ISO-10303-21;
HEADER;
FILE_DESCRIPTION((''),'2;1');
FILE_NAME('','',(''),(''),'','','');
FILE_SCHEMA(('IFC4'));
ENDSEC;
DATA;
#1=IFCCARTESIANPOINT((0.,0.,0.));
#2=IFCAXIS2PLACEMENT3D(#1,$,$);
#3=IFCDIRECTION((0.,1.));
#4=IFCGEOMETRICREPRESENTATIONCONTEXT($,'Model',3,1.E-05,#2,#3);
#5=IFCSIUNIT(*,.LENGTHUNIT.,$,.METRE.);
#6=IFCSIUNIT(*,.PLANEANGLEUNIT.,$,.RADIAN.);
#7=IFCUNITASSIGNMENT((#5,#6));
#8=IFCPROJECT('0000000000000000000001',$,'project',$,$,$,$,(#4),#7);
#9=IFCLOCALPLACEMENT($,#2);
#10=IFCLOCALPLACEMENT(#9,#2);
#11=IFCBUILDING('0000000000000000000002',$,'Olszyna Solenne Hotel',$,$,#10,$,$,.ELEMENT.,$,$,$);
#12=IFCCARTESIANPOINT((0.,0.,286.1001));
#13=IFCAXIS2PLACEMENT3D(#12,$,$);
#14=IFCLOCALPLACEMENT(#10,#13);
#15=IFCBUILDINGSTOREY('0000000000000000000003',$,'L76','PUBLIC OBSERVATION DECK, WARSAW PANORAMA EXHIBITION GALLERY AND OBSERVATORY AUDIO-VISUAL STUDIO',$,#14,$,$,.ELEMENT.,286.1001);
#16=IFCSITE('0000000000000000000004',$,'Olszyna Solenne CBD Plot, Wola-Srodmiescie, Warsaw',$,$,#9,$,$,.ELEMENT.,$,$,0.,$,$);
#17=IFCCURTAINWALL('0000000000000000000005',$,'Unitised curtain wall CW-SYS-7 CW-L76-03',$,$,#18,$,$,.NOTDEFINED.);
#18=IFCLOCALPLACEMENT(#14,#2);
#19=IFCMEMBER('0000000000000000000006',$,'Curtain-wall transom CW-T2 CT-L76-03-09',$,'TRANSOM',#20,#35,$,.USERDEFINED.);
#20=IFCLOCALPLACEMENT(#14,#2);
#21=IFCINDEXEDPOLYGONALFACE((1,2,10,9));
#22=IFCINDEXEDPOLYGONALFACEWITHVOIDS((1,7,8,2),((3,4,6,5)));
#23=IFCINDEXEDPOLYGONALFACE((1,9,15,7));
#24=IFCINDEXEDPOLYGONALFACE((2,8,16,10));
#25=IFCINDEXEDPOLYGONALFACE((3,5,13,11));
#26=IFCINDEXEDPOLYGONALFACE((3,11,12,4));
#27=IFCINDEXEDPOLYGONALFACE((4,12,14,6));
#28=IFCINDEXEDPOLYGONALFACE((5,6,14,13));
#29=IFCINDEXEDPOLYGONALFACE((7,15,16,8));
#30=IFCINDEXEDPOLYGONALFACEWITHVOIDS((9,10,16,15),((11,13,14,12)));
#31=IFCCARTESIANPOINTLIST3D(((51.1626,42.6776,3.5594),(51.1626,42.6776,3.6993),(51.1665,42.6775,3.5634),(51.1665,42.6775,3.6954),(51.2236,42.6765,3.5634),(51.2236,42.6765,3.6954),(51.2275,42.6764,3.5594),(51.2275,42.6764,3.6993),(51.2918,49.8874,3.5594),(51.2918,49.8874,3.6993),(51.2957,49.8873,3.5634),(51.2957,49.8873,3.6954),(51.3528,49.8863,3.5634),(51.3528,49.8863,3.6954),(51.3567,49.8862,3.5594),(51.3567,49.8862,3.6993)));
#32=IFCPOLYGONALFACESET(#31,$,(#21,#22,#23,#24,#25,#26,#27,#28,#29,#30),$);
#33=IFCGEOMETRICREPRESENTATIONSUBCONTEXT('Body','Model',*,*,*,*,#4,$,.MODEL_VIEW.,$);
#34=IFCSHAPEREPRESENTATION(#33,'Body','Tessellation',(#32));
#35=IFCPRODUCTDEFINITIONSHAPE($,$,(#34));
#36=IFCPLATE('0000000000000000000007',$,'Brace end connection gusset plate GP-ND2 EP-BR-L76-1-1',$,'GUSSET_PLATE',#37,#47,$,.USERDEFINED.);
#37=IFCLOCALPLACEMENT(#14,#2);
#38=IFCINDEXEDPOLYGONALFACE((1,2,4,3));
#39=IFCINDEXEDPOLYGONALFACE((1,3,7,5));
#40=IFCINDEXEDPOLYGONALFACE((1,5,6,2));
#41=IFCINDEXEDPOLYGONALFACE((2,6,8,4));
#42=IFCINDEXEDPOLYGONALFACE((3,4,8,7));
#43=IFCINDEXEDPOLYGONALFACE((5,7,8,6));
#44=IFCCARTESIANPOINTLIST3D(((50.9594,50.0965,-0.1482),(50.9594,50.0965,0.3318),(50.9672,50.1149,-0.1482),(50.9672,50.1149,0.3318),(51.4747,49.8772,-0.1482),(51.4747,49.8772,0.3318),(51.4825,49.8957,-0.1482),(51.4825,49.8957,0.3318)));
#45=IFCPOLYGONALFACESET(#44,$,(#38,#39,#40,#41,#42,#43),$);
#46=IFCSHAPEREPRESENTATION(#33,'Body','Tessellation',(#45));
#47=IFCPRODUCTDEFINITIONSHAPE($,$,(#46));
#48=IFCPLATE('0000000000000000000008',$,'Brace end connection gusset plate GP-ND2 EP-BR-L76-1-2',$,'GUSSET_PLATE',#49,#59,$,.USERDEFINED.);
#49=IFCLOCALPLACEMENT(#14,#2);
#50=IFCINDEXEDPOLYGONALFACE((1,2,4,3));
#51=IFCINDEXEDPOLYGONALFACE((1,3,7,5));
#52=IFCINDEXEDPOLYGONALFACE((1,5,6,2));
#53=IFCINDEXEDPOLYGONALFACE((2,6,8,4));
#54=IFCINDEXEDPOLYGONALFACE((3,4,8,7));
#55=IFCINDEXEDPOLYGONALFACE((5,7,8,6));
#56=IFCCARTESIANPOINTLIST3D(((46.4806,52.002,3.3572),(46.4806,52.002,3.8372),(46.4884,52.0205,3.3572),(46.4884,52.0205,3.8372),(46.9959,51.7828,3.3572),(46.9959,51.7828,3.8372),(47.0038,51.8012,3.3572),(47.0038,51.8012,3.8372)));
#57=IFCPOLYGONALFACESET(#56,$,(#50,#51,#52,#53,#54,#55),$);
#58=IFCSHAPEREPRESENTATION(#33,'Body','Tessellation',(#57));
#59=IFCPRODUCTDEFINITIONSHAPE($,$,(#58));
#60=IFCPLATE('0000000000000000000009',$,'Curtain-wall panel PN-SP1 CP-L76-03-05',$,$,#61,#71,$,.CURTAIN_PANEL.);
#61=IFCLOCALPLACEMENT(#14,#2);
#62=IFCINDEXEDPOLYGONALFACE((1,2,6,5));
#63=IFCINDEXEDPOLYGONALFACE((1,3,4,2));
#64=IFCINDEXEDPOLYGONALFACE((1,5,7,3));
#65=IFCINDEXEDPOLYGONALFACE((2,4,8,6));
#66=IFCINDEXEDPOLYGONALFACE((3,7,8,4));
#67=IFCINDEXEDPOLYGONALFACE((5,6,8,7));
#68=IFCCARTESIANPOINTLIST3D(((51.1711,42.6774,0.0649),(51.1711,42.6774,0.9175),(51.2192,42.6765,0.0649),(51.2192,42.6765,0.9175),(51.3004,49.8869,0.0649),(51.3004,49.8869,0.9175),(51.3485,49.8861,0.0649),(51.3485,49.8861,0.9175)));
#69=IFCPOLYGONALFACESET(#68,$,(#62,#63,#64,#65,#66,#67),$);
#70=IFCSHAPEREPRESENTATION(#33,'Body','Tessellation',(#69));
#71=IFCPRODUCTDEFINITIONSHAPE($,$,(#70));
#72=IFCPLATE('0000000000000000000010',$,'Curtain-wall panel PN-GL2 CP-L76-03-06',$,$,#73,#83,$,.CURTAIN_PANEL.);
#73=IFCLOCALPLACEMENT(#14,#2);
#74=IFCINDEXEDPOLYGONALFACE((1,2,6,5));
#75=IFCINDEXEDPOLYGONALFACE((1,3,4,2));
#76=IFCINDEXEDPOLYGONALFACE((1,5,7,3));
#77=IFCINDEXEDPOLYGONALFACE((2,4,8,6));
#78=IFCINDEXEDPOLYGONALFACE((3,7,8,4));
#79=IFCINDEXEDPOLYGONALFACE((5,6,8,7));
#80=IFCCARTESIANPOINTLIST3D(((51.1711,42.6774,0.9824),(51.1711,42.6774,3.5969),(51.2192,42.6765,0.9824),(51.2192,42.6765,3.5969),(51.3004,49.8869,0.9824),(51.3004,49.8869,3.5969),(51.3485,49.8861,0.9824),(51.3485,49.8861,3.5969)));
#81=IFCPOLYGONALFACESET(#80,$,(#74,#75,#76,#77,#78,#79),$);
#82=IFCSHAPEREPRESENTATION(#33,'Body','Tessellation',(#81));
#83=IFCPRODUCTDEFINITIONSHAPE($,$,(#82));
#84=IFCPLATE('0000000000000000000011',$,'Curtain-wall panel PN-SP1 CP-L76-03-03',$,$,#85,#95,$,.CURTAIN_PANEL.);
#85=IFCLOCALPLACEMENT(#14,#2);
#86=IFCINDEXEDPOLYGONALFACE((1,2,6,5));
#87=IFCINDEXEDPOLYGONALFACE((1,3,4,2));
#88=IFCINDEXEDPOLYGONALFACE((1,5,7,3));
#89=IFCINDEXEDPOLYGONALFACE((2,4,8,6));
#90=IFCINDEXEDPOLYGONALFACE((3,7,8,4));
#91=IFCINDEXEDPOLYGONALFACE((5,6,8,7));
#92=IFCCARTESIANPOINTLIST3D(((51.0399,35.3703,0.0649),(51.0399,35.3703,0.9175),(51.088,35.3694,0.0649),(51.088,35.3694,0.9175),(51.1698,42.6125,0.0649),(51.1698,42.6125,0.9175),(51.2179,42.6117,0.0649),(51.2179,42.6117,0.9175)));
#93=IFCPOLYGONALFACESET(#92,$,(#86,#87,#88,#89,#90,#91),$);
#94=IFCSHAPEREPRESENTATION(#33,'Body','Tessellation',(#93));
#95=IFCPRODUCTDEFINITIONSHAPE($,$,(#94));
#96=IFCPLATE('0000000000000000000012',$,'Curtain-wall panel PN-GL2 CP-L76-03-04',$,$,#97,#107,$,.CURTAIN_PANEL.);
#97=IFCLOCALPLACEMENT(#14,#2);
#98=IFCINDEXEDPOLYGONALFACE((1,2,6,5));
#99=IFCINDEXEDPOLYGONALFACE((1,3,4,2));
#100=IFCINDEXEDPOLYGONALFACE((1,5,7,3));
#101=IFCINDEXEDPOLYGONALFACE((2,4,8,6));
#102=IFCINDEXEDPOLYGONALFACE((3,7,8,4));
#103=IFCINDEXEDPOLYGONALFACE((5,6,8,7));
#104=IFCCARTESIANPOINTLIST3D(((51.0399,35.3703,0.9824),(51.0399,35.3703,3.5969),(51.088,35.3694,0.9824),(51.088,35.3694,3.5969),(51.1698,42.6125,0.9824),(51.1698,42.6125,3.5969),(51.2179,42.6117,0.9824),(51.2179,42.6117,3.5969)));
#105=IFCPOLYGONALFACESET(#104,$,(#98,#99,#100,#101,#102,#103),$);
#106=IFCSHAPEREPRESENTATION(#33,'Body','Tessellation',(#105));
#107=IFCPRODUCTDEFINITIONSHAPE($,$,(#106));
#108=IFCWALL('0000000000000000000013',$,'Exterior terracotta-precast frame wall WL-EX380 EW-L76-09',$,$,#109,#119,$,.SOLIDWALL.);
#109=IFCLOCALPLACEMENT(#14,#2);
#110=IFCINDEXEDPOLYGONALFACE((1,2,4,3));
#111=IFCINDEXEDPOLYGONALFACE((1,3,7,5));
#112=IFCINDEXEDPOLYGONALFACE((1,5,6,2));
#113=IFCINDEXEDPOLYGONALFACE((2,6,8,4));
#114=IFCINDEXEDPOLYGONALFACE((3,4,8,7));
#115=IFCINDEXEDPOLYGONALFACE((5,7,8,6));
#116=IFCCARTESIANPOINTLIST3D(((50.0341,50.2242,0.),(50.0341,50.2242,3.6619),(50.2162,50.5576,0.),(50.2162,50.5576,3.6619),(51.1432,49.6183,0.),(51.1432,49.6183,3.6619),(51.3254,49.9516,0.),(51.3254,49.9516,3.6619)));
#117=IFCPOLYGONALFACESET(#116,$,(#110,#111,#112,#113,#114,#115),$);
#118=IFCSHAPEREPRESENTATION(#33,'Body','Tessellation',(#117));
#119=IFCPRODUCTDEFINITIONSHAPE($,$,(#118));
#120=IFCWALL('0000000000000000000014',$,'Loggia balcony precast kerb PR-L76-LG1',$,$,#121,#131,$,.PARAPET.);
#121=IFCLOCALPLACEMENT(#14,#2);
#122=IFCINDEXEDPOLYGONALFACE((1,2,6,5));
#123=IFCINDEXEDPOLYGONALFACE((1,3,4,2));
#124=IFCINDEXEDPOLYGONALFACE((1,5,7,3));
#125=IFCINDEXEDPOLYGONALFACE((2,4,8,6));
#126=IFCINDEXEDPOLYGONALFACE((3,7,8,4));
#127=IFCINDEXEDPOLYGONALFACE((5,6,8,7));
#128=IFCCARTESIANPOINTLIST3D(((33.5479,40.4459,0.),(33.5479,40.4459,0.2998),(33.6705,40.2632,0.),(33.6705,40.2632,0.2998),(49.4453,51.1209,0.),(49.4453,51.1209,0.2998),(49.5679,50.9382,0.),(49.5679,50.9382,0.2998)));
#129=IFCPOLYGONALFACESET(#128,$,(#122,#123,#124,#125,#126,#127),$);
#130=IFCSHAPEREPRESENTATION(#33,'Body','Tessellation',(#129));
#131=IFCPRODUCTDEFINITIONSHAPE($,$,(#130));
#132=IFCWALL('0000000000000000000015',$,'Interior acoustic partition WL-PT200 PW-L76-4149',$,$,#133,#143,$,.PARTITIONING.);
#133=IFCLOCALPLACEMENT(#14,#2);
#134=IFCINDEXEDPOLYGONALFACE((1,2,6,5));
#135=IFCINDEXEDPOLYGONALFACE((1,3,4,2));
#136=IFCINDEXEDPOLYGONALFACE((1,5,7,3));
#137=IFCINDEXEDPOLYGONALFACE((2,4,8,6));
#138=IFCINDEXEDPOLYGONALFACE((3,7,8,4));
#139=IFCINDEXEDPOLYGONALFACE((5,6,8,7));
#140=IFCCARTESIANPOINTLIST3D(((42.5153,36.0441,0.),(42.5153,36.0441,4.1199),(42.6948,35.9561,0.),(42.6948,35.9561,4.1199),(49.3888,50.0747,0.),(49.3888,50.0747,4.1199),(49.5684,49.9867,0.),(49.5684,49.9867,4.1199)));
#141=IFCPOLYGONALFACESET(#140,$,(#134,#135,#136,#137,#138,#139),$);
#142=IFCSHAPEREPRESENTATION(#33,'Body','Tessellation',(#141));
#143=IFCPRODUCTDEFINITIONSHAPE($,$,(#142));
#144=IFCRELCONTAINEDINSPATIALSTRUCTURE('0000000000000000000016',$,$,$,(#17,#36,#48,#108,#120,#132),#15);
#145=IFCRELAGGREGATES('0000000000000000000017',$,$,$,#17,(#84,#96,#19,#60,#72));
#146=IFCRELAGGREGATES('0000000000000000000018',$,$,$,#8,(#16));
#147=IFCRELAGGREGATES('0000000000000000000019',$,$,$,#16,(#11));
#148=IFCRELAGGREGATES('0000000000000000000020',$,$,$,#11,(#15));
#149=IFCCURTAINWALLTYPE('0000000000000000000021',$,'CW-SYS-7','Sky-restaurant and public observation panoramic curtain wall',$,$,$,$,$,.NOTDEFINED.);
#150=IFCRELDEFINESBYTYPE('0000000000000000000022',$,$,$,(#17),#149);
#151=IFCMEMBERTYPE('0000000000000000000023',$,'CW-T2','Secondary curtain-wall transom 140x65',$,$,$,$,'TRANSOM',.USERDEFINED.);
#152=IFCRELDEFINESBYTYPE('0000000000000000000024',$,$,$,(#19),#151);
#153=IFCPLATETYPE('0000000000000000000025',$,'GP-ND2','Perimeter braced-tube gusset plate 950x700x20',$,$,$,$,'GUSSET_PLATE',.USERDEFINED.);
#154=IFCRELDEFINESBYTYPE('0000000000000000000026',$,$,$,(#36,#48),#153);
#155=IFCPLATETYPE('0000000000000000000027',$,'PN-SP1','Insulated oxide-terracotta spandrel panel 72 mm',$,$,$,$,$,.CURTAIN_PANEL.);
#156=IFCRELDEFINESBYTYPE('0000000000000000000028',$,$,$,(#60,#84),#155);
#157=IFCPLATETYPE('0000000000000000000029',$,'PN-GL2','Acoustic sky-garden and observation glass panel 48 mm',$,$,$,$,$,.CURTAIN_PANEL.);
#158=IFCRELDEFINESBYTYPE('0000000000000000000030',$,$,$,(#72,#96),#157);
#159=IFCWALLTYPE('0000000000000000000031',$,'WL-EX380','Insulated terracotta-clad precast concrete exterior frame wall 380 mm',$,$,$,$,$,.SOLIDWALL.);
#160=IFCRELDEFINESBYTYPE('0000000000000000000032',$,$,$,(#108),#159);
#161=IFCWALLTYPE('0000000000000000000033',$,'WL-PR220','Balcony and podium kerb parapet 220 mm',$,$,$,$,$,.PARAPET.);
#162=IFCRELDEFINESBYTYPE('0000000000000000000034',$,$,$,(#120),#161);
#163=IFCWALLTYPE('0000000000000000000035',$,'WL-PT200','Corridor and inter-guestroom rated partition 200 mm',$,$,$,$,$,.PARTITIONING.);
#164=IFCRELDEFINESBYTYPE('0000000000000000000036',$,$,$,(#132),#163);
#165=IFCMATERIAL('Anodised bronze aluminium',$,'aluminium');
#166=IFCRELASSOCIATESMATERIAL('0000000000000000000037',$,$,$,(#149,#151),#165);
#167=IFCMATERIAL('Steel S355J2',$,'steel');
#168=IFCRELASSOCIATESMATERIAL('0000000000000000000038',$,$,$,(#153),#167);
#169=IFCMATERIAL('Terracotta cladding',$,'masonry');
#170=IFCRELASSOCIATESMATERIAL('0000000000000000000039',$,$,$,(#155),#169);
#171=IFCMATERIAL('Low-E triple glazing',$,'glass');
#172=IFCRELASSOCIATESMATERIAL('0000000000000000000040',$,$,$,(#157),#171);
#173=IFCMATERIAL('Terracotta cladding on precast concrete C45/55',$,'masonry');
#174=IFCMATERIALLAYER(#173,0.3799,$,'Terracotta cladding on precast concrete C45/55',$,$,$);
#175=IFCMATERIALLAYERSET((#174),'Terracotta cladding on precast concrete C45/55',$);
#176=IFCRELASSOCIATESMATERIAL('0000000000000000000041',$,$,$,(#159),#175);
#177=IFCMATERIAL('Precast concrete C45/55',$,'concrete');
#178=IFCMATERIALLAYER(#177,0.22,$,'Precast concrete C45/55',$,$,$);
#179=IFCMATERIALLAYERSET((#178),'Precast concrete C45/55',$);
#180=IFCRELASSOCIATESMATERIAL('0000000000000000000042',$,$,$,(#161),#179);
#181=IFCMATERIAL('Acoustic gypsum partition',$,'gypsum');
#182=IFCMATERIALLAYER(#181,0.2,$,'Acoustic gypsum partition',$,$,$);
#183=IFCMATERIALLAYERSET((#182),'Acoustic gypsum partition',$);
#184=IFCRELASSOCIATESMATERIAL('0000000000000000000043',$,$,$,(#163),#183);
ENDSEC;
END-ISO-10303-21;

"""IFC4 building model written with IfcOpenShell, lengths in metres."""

from ifc_helpers import new_model, si_unit, direction, frame, frame_2d, origin, origin_2d, place, context, subcontext, project, spatial, rectangle, hollow_rectangle, extrude, source, transform, mapped, material, layer, layer_set, material_profile, profile_set, type_object, element, aggregate, save


model = new_model("IFC4")

# Units and contexts
model_context = context("Model", 3, precision=1e-05, world=origin(), true_north=direction((0.0, 1.0)))
body_context = subcontext(model_context, "Body", "Model", "MODEL_VIEW")
ifc_project = project(units=[si_unit("LENGTHUNIT", "METRE"), si_unit("PLANEANGLEUNIT", "RADIAN")], contexts=[model_context])

# Site, building, storey
site_placement = place(None, origin())
site = spatial("IfcSite", under=ifc_project, at=site_placement, Name="Olszyna Solenne CBD Plot, Wola-Srodmiescie, Warsaw", CompositionType="ELEMENT", RefElevation=0.0)
building_placement = place(site_placement, origin())
building = spatial("IfcBuilding", under=site, at=building_placement, Name="Olszyna Solenne Hotel", CompositionType="ELEMENT")
storey_placement = place(building_placement, frame((0.0, 0.0, 286.1001)))
storey = spatial("IfcBuildingStorey", under=building, at=storey_placement, Name="L76", Description="PUBLIC OBSERVATION DECK, WARSAW PANORAMA EXHIBITION GALLERY AND OBSERVATORY AUDIO-VISUAL STUDIO", CompositionType="ELEMENT", Elevation=286.1001)

# Shared definitions
ifc_material_1 = material(Name="Steel S355J2", Category="steel")

# Curtain wall, member
ifc_material_2 = material(Name="Anodised bronze aluminium", Category="aluminium")
curtain_wall_type = type_object("IfcCurtainWallType", Name="CW-SYS-7", Description="Sky-restaurant and public observation panoramic curtain wall", PredefinedType="NOTDEFINED", material=ifc_material_2)
curtain_wall_placement = place(storey_placement, origin())
curtain_wall = element("IfcCurtainWall", 1, at=curtain_wall_placement, inside=storey, type_object=curtain_wall_type, Name="Unitised curtain wall CW-SYS-7 CW-L76-03", PredefinedType="NOTDEFINED")
ifc_material_profile_1 = material_profile(ifc_material_2, hollow_rectangle(XDim=0.0649, YDim=0.1399, WallThickness=0.0039, at=origin_2d()), Name="TRAN 140x65x4", Category="load-bearing")
ifc_profile_set_1 = profile_set([ifc_material_profile_1], Name="Anodised bronze aluminium")
member_type_1 = type_object("IfcMemberType", Name="CW-T2", Description="Secondary curtain-wall transom 140x65", ElementType="TRANSOM", PredefinedType="USERDEFINED", material=ifc_profile_set_1)
shared_shape_1 = source(origin(), body_context, "Body", "SweptSolid", [
    extrude(hollow_rectangle(XDim=0.0649, YDim=0.1399, WallThickness=0.0039, at=origin_2d()), origin(), (0.0, 0.0, 1.0), 7.2109),
])
member_1_placement = place(storey_placement, frame((51.1951, 42.677, 3.6294), z_axis=(0.017911, 0.99984, 0.0), x_axis=(-0.99984, 0.017911, 0.0)))
member_1 = element("IfcMember", 2, at=member_1_placement, type_object=member_type_1, Name="Curtain-wall transom CW-T2 CT-L76-03-09", ObjectType="TRANSOM", PredefinedType="USERDEFINED", context=body_context, shape_type="MappedRepresentation", body=[
    mapped(shared_shape_1, transform((0.0, 0.0, 0.0), x_axis=(1.0, 0.0, 0.0), y_axis=(0.0, 1.0, 0.0), z_axis=(0.0, 0.0, 1.0), scale=1.0)),
])

# Plates
plate_type_1 = type_object("IfcPlateType", Name="GP-ND2", Description="Perimeter braced-tube gusset plate 950x700x20", ElementType="GUSSET_PLATE", PredefinedType="USERDEFINED", material=ifc_material_1)
shared_shape_2 = source(origin(), body_context, "Body", "SweptSolid", [
    extrude(rectangle(XDim=0.5601, YDim=0.02, at=origin_2d()), origin(), (0.0, 0.0, 1.0), 0.48),
])
for number, where, z_axis, x_axis, name in (
    (3, (51.2209, 49.9961, -0.1482), (0.0, 0.0, 1.0), (-0.920164, 0.391534, 0.0), "Brace end connection gusset plate GP-ND2 EP-BR-L76-1-1"),
    (4, (46.7422, 51.9016, 3.3572), (0.0, 0.0, 1.0), (-0.920164, 0.391534, 0.0), "Brace end connection gusset plate GP-ND2 EP-BR-L76-1-2"),
):
    element("IfcPlate", number, at=place(storey_placement, frame(where, z_axis=z_axis, x_axis=x_axis)), inside=storey, type_object=plate_type_1, Name=name, ObjectType="GUSSET_PLATE", PredefinedType="USERDEFINED", context=body_context, shape_type="MappedRepresentation", body=[
        mapped(shared_shape_2, transform((0.0, 0.0, 0.0), x_axis=(1.0, 0.0, 0.0), y_axis=(0.0, 1.0, 0.0), z_axis=(0.0, 0.0, 1.0), scale=1.0)),
    ])

# Plates
ifc_material_3 = material(Name="Terracotta cladding", Category="masonry")
plate_type_2 = type_object("IfcPlateType", Name="PN-SP1", Description="Insulated oxide-terracotta spandrel panel 72 mm", PredefinedType="CURTAIN_PANEL", material=ifc_material_3)
shared_shape_3 = source(origin(), body_context, "Body", "SweptSolid", [
    extrude(rectangle(XDim=7.2107, YDim=0.0481, at=origin_2d()), origin(), (0.0, 0.0, 1.0), 0.8525),
])
plate_1_placement = place(storey_placement, frame((51.2598, 46.2817, 0.0649), z_axis=(0.0, 0.0, 1.0), x_axis=(0.017934, 0.999839, 0.0)))
plate_1 = element("IfcPlate", 5, at=plate_1_placement, type_object=plate_type_2, Name="Curtain-wall panel PN-SP1 CP-L76-03-05", PredefinedType="CURTAIN_PANEL", context=body_context, shape_type="MappedRepresentation", body=[
    mapped(shared_shape_3, transform((0.0, 0.0, 0.0), x_axis=(1.0, 0.0, 0.0), y_axis=(0.0, 1.0, 0.0), z_axis=(0.0, 0.0, 1.0), scale=1.0)),
])
ifc_material_4 = material(Name="Low-E triple glazing", Category="glass")
plate_type_3 = type_object("IfcPlateType", Name="PN-GL2", Description="Acoustic sky-garden and observation glass panel 48 mm", PredefinedType="CURTAIN_PANEL", material=ifc_material_4)
shared_shape_4 = source(origin(), body_context, "Body", "SweptSolid", [
    extrude(rectangle(XDim=7.2107, YDim=0.0481, at=origin_2d()), origin(), (0.0, 0.0, 1.0), 2.6145),
])
plate_2_placement = place(storey_placement, frame((51.2598, 46.2817, 0.9824), z_axis=(0.0, 0.0, 1.0), x_axis=(0.017934, 0.999839, 0.0)))
plate_2 = element("IfcPlate", 6, at=plate_2_placement, type_object=plate_type_3, Name="Curtain-wall panel PN-GL2 CP-L76-03-06", PredefinedType="CURTAIN_PANEL", context=body_context, shape_type="MappedRepresentation", body=[
    mapped(shared_shape_4, transform((0.0, 0.0, 0.0), x_axis=(1.0, 0.0, 0.0), y_axis=(0.0, 1.0, 0.0), z_axis=(0.0, 0.0, 1.0), scale=1.0)),
])
shared_shape_5 = source(origin(), body_context, "Body", "SweptSolid", [
    extrude(rectangle(XDim=7.2434, YDim=0.0481, at=origin_2d()), origin(), (0.0, 0.0, 1.0), 0.8525),
])
plate_3_placement = place(storey_placement, frame((51.1289, 38.991, 0.0649), z_axis=(0.0, 0.0, 1.0), x_axis=(0.017934, 0.999839, 0.0)))
plate_3 = element("IfcPlate", 7, at=plate_3_placement, type_object=plate_type_2, Name="Curtain-wall panel PN-SP1 CP-L76-03-03", PredefinedType="CURTAIN_PANEL", context=body_context, shape_type="MappedRepresentation", body=[
    mapped(shared_shape_5, transform((0.0, 0.0, 0.0), x_axis=(1.0, 0.0, 0.0), y_axis=(0.0, 1.0, 0.0), z_axis=(0.0, 0.0, 1.0), scale=1.0)),
])
shared_shape_6 = source(origin(), body_context, "Body", "SweptSolid", [
    extrude(rectangle(XDim=7.2434, YDim=0.0481, at=origin_2d()), origin(), (0.0, 0.0, 1.0), 2.6145),
])
plate_4_placement = place(storey_placement, frame((51.1289, 38.991, 0.9824), z_axis=(0.0, 0.0, 1.0), x_axis=(0.017934, 0.999839, 0.0)))
plate_4 = element("IfcPlate", 8, at=plate_4_placement, type_object=plate_type_3, Name="Curtain-wall panel PN-GL2 CP-L76-03-04", PredefinedType="CURTAIN_PANEL", context=body_context, shape_type="MappedRepresentation", body=[
    mapped(shared_shape_6, transform((0.0, 0.0, 0.0), x_axis=(1.0, 0.0, 0.0), y_axis=(0.0, 1.0, 0.0), z_axis=(0.0, 0.0, 1.0), scale=1.0)),
])
aggregate(curtain_wall, [plate_3, plate_4, member_1, plate_1, plate_2])

# Walls
ifc_material_5 = material(Name="Terracotta cladding on precast concrete C45/55", Category="masonry")
ifc_layer_1 = layer(ifc_material_5, 0.3799, Name="Terracotta cladding on precast concrete C45/55")
ifc_layer_set_1 = layer_set([ifc_layer_1], Name="Terracotta cladding on precast concrete C45/55")
wall_type_1 = type_object("IfcWallType", Name="WL-EX380", Description="Insulated terracotta-clad precast concrete exterior frame wall 380 mm", PredefinedType="SOLIDWALL", material=ifc_layer_set_1)
wall_1_placement = place(storey_placement, frame((50.1252, 50.3909, 0.0), z_axis=(0.0, 0.0, 1.0), x_axis=(0.877571, -0.479448, 0.0)))
element("IfcWall", 9, at=wall_1_placement, inside=storey, type_object=wall_type_1, Name="Exterior terracotta-precast frame wall WL-EX380 EW-L76-09", PredefinedType="SOLIDWALL", context=body_context, shape_type="SweptSolid", body=[
    extrude(rectangle(XDim=1.2639, YDim=0.3799, at=frame_2d((0.6318, 0.0))), origin(), (0.0, 0.0, 1.0), 3.6619),
])
ifc_material_6 = material(Name="Precast concrete C45/55", Category="concrete")
ifc_layer_2 = layer(ifc_material_6, 0.22, Name="Precast concrete C45/55")
ifc_layer_set_2 = layer_set([ifc_layer_2], Name="Precast concrete C45/55")
wall_type_2 = type_object("IfcWallType", Name="WL-PR220", Description="Balcony and podium kerb parapet 220 mm", PredefinedType="PARAPET", material=ifc_layer_set_2)
wall_2_placement = place(storey_placement, frame((49.5066, 51.0295, 0.0), z_axis=(0.0, 0.0, 1.0), x_axis=(-0.830196, -0.557472, 0.0)))
element("IfcWall", 10, at=wall_2_placement, inside=storey, type_object=wall_type_2, Name="Loggia balcony precast kerb PR-L76-LG1", PredefinedType="PARAPET", context=body_context, shape_type="SweptSolid", body=[
    extrude(rectangle(XDim=19.1489, YDim=0.22, at=frame_2d((9.5745, 0.0))), origin(), (0.0, 0.0, 1.0), 0.2998),
])
ifc_material_7 = material(Name="Acoustic gypsum partition", Category="gypsum")
ifc_layer_3 = layer(ifc_material_7, 0.2, Name="Acoustic gypsum partition")
ifc_layer_set_3 = layer_set([ifc_layer_3], Name="Acoustic gypsum partition")
wall_type_3 = type_object("IfcWallType", Name="WL-PT200", Description="Corridor and inter-guestroom rated partition 200 mm", PredefinedType="PARTITIONING", material=ifc_layer_set_3)
wall_3_placement = place(storey_placement, frame((42.605, 36.0, 0.0), z_axis=(0.0, 0.0, 1.0), x_axis=(0.439942, 0.898026, 0.0)))
element("IfcWall", 11, at=wall_3_placement, inside=storey, type_object=wall_type_3, Name="Interior acoustic partition WL-PT200 PW-L76-4149", PredefinedType="PARTITIONING", context=body_context, shape_type="SweptSolid", body=[
    extrude(rectangle(XDim=15.6238, YDim=0.2, at=frame_2d((7.812, 0.0))), origin(), (0.0, 0.0, 1.0), 4.1199),
])

save(model, "model.ifc")
